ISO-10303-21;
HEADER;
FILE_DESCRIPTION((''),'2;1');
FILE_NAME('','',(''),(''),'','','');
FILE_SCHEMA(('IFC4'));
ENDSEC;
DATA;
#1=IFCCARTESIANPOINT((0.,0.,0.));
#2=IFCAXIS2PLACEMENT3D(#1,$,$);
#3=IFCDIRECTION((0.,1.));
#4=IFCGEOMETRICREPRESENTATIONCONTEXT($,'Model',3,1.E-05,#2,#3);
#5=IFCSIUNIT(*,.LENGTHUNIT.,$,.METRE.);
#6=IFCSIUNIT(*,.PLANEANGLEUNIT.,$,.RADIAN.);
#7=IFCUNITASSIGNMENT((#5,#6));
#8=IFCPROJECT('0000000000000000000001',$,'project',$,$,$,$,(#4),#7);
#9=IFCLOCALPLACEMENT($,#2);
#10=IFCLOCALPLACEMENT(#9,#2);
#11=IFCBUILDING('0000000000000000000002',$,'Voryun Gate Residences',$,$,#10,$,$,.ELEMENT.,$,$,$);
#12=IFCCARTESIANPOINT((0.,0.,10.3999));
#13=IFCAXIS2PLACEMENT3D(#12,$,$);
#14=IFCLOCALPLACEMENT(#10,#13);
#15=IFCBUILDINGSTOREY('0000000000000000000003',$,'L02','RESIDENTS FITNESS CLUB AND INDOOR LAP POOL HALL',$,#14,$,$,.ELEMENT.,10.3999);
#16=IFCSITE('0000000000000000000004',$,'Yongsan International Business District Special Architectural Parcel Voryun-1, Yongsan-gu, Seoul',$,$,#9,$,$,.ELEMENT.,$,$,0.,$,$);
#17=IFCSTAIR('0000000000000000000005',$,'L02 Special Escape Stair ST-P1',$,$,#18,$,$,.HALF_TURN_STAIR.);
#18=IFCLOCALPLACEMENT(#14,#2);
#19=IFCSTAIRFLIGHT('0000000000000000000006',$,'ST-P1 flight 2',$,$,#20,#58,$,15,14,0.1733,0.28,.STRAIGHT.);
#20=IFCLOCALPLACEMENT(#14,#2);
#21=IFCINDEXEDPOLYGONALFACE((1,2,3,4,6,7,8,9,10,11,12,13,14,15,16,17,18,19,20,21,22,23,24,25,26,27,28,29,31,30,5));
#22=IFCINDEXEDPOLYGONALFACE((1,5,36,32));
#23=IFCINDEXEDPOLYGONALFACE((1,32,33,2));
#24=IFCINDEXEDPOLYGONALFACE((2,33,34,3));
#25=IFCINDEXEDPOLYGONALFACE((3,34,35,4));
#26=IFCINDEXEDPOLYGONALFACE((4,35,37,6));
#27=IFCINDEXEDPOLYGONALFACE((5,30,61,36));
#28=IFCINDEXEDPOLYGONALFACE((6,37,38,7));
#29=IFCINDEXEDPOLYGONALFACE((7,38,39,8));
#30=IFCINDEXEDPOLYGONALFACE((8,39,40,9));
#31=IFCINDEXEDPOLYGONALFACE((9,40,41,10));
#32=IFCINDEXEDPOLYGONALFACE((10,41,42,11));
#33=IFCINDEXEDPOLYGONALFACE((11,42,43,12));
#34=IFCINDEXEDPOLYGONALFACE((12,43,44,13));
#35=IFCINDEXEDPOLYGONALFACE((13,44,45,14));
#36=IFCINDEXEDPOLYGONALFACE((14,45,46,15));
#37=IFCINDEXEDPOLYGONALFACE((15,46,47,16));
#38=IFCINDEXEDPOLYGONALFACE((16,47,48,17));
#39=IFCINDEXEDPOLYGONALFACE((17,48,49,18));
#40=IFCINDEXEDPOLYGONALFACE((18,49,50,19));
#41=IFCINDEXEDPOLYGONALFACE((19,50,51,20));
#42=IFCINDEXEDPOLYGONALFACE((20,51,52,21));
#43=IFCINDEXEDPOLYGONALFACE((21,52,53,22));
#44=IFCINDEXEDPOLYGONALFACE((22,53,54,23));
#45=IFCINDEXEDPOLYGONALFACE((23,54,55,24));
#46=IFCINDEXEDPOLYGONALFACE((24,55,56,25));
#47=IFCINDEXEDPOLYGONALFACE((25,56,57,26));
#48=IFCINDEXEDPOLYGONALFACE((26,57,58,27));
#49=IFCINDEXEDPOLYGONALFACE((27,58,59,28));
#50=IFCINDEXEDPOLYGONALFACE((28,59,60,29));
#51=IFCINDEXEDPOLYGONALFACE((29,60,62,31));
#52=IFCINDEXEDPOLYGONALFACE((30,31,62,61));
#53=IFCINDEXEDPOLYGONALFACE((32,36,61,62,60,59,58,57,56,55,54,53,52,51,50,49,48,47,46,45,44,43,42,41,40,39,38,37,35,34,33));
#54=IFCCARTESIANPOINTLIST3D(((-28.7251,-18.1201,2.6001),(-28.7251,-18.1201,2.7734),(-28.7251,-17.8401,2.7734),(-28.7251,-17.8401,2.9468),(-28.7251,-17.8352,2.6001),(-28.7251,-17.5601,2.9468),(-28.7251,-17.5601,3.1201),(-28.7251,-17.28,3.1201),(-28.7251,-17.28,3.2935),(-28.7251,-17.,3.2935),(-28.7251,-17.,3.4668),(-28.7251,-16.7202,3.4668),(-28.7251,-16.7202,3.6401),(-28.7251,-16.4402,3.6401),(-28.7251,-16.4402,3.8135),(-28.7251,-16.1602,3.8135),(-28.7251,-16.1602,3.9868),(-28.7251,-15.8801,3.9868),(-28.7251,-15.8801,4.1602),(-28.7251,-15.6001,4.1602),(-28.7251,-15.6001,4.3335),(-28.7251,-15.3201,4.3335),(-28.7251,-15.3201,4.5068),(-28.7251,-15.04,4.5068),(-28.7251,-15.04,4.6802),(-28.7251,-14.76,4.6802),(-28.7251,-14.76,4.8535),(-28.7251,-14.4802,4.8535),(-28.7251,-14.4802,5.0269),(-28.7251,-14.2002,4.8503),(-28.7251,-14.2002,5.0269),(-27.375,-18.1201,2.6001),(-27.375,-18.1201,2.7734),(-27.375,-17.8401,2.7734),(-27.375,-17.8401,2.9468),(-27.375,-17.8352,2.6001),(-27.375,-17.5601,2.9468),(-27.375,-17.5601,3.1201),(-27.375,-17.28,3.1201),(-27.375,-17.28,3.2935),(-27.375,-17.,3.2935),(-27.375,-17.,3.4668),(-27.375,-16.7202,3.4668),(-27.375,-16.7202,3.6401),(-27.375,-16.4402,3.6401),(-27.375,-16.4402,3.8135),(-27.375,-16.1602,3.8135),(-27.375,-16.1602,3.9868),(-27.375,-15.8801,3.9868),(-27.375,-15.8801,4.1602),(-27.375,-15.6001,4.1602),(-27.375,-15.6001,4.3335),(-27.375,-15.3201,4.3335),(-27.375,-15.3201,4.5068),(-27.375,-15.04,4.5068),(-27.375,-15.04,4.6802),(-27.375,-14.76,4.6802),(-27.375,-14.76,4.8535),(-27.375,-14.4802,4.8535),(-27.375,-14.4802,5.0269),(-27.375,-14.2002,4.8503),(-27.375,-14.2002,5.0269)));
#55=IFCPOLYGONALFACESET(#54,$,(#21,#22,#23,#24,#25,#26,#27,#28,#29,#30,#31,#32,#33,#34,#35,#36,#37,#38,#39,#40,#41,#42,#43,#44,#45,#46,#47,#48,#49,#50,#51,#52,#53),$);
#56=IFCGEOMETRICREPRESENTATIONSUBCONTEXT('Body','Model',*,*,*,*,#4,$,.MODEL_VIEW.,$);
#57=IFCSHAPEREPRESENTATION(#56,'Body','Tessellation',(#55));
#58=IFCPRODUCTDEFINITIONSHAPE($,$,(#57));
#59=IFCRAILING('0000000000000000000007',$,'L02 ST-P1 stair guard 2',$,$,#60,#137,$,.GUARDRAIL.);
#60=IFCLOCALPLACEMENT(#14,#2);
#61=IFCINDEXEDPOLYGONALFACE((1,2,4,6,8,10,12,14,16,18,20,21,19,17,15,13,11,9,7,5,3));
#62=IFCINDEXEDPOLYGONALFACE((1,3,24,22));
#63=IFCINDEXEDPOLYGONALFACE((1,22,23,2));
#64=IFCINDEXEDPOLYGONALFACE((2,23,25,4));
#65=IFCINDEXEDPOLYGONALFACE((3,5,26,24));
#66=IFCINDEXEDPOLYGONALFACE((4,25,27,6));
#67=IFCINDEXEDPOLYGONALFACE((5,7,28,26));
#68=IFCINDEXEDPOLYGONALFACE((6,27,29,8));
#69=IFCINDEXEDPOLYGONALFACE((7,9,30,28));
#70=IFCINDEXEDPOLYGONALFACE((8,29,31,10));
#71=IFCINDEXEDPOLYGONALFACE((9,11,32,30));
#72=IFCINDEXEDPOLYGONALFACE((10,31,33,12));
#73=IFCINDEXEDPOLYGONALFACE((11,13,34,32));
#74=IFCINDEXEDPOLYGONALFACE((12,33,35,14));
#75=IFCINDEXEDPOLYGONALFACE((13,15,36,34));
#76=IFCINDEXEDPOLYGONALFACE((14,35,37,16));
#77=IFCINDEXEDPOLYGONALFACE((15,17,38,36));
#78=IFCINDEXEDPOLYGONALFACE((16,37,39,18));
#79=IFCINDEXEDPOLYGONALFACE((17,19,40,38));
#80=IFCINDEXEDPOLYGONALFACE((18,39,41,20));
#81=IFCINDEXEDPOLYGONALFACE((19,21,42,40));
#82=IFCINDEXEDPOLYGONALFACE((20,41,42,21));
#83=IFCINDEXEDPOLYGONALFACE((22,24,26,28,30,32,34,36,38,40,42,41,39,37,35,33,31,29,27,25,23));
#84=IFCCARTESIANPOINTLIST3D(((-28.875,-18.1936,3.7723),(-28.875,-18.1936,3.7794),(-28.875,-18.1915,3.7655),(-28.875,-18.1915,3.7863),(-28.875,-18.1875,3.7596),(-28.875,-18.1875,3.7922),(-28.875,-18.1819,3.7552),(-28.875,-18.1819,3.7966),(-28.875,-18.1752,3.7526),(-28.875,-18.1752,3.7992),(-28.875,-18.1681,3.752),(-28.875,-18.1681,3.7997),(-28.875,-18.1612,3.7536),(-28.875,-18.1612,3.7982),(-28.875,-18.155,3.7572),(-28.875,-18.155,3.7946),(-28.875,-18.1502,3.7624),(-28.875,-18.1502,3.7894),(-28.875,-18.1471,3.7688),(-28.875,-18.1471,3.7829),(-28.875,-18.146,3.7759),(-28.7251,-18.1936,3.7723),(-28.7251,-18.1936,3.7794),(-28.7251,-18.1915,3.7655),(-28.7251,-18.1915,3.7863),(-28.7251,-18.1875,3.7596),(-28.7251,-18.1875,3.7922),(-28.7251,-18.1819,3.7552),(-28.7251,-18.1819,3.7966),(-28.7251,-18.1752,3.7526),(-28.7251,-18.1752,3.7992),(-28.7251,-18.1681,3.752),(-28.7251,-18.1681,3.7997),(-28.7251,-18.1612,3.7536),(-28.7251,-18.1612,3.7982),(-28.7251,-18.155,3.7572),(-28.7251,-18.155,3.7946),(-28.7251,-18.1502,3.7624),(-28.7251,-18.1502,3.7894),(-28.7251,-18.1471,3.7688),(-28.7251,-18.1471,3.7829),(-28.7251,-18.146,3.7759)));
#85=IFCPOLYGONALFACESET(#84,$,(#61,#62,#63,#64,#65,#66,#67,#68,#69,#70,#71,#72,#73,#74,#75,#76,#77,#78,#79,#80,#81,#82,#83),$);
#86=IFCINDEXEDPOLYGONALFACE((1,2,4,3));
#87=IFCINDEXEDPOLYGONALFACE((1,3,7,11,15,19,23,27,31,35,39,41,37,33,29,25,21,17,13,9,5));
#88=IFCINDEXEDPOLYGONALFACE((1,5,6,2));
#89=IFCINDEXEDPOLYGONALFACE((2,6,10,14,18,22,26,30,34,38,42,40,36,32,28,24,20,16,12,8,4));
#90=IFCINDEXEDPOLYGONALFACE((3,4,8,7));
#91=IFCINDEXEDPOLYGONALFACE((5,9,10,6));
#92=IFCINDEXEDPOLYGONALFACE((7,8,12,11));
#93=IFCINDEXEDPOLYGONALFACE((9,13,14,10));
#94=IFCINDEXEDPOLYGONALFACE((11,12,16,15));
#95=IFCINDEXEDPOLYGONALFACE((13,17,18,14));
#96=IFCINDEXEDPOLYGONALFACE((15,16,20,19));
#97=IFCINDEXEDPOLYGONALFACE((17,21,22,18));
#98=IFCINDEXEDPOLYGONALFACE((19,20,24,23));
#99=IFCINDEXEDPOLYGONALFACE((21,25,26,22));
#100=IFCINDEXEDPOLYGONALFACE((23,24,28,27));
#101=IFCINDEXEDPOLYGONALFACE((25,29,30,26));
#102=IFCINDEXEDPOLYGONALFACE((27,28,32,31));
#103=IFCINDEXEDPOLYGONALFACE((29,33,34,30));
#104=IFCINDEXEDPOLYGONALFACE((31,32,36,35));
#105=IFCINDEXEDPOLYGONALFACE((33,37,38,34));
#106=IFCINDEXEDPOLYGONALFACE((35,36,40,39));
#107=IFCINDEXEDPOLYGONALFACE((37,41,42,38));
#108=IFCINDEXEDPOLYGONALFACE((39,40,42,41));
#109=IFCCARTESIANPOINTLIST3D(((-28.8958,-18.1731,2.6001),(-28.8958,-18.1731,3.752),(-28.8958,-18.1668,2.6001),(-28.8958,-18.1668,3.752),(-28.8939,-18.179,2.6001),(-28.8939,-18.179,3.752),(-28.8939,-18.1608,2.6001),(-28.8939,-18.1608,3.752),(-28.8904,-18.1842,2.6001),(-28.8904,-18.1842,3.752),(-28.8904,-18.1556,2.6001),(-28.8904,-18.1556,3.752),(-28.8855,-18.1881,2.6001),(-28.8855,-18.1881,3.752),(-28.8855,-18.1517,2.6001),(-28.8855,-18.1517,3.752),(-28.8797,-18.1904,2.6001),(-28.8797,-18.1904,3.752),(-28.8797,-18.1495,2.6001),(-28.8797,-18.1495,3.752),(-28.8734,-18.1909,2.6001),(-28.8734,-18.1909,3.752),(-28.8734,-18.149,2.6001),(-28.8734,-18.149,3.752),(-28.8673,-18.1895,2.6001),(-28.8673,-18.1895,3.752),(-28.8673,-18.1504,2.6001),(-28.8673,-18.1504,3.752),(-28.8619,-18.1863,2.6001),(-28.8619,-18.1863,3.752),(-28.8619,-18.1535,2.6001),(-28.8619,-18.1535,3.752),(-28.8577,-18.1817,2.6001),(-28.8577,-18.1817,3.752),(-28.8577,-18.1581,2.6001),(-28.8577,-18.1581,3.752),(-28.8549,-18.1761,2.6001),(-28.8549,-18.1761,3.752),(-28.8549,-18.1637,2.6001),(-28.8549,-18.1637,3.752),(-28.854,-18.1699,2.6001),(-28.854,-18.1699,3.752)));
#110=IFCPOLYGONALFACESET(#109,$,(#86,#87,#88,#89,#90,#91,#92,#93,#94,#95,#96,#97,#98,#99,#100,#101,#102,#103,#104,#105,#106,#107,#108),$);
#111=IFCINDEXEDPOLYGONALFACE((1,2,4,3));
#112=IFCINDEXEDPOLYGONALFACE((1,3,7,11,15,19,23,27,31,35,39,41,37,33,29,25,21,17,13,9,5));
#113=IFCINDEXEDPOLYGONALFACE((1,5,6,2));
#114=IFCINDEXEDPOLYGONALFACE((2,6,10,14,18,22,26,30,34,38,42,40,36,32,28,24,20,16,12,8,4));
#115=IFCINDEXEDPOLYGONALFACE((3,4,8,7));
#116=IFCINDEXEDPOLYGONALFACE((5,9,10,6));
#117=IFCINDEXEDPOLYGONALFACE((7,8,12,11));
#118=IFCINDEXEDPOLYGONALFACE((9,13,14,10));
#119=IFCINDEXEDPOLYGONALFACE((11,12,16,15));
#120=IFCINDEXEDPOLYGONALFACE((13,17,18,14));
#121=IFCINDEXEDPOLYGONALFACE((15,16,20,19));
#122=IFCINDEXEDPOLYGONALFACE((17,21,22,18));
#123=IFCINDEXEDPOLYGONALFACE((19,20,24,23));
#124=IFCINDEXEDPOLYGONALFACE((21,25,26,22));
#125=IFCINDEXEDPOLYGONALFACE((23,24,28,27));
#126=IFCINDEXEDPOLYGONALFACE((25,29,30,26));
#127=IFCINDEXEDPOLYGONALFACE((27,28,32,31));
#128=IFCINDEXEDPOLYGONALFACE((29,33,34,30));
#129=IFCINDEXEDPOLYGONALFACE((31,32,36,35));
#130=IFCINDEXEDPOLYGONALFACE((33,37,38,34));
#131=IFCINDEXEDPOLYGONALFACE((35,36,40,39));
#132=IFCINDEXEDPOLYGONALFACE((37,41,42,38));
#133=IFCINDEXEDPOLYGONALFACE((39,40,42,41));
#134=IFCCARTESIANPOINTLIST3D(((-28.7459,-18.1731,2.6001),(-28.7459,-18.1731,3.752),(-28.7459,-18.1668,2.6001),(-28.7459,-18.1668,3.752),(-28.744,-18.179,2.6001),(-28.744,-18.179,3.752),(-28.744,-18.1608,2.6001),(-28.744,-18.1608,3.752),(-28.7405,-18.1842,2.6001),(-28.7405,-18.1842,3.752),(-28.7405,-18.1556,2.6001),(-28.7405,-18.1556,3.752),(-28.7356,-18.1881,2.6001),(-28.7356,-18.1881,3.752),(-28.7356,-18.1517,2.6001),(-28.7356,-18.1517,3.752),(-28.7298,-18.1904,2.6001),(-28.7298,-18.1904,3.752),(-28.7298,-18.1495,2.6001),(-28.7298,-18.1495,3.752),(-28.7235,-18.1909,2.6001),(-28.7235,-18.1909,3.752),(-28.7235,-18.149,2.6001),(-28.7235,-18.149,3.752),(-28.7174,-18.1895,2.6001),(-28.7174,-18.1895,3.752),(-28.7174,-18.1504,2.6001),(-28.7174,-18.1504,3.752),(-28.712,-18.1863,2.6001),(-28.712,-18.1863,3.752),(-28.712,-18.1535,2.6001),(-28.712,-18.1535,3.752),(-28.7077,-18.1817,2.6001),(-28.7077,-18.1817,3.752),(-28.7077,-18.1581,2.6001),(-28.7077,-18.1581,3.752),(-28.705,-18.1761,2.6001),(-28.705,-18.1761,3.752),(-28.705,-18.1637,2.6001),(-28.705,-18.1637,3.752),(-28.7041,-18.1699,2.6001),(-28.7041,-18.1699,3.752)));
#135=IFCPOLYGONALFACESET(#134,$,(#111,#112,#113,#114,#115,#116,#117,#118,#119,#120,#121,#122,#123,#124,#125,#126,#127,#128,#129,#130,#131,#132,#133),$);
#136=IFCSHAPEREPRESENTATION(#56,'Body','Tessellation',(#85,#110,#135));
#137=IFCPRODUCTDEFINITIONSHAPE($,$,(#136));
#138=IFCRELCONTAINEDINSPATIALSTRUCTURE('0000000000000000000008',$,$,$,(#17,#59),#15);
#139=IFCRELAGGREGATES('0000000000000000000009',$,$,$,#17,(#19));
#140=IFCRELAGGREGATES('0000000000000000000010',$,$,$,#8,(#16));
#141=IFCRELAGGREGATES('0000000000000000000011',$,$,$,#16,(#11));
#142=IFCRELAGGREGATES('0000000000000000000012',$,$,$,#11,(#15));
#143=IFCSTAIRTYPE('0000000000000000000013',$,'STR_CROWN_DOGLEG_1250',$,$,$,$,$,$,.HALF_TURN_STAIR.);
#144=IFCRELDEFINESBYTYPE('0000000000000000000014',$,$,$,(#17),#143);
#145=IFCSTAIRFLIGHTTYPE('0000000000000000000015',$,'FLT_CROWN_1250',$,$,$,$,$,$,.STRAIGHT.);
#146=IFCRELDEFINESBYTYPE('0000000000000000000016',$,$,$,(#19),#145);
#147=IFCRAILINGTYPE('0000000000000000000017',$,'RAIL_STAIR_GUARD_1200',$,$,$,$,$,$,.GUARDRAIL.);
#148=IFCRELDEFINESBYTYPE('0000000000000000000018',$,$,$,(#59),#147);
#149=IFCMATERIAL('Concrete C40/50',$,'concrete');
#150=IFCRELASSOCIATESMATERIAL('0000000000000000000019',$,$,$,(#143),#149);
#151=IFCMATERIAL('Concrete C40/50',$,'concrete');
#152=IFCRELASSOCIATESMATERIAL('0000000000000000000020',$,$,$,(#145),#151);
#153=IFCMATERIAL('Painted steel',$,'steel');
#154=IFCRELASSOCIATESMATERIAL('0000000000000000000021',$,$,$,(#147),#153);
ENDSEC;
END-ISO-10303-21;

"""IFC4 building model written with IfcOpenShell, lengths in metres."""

from ifc_helpers import new_model, si_unit, direction, frame, origin, origin_2d, place, context, subcontext, project, spatial, polyline, circle, outline, extrude, material, type_object, element, aggregate, save


model = new_model("IFC4")

# Units and contexts
model_context = context("Model", 3, precision=1e-05, world=origin(), true_north=direction((0.0, 1.0)))
body_context = subcontext(model_context, "Body", "Model", "MODEL_VIEW")
ifc_project = project(units=[si_unit("LENGTHUNIT", "METRE"), si_unit("PLANEANGLEUNIT", "RADIAN")], contexts=[model_context])

# Site, building, storey
site_placement = place(None, origin())
site = spatial("IfcSite", under=ifc_project, at=site_placement, Name="Yongsan International Business District Special Architectural Parcel Voryun-1, Yongsan-gu, Seoul", CompositionType="ELEMENT", RefElevation=0.0)
building_placement = place(site_placement, origin())
building = spatial("IfcBuilding", under=site, at=building_placement, Name="Voryun Gate Residences", CompositionType="ELEMENT")
storey_placement = place(building_placement, frame((0.0, 0.0, 10.3999)))
storey = spatial("IfcBuildingStorey", under=building, at=storey_placement, Name="L02", Description="RESIDENTS FITNESS CLUB AND INDOOR LAP POOL HALL", CompositionType="ELEMENT", Elevation=10.3999)

# Stair, stair flight
ifc_material_1 = material(Name="Concrete C40/50", Category="concrete")
stair_type = type_object("IfcStairType", Name="STR_CROWN_DOGLEG_1250", PredefinedType="HALF_TURN_STAIR", material=ifc_material_1)
stair_placement = place(storey_placement, origin())
stair = element("IfcStair", 1, at=stair_placement, inside=storey, type_object=stair_type, Name="L02 Special Escape Stair ST-P1", PredefinedType="HALF_TURN_STAIR")
ifc_material_2 = material(Name="Concrete C40/50", Category="concrete")
stair_flight_type = type_object("IfcStairFlightType", Name="FLT_CROWN_1250", PredefinedType="STRAIGHT", material=ifc_material_2)
stair_flight_placement = place(storey_placement, frame((-28.05, -18.1201, 2.6001), z_axis=(0.0, 0.0, 1.0), x_axis=(0.0, 1.0, 0.0)))
stair_flight = element("IfcStairFlight", 2, at=stair_flight_placement, type_object=stair_flight_type, Name="ST-P1 flight 2", NumberOfRisers=15, NumberOfTreads=14, PredefinedType="STRAIGHT", RiserHeight=0.1733, TreadLength=0.28, context=body_context, shape_type="SweptSolid", body=[
    extrude(outline(polyline([(0.0, 0.0), (0.0, 0.1733), (0.28, 0.1733), (0.28, 0.3467), (0.5601, 0.3467), (0.5601, 0.52), (0.8401, 0.52), (0.8401, 0.6934), (1.1201, 0.6934), (1.1201, 0.8667), (1.3999, 0.8667), (1.3999, 1.04), (1.6799, 1.04), (1.6799, 1.2134), (1.96, 1.2134), (1.96, 1.3867), (2.24, 1.3867), (2.24, 1.5601), (2.52, 1.5601), (2.52, 1.7334), (2.8, 1.7334), (2.8, 1.9067), (3.0801, 1.9067), (3.0801, 2.0801), (3.3601, 2.0801), (3.3601, 2.2534), (3.6399, 2.2534), (3.6399, 2.4268), (3.9199, 2.4268), (3.9199, 2.6001), (3.9199, 2.2502), (0.2849, 0.0), (0.0, 0.0)])), frame((0.0, 0.675, 0.0), z_axis=(0.0, -1.0, 0.0), x_axis=(1.0, 0.0, 0.0)), (0.0, 0.0, 1.0), 1.3501),
])
aggregate(stair, [stair_flight])

# Railing
ifc_material_3 = material(Name="Painted steel", Category="steel")
railing_type_1 = type_object("IfcRailingType", Name="RAIL_STAIR_GUARD_1200", PredefinedType="GUARDRAIL", material=ifc_material_3)
railing_1_placement = place(storey_placement, frame((-28.875, -18.1699, 2.6001)))
element("IfcRailing", 3, at=railing_1_placement, inside=storey, type_object=railing_type_1, Name="L02 ST-P1 stair guard 2", PredefinedType="GUARDRAIL", context=body_context, shape_type="SweptSolid", body=[
    extrude(circle(Radius=0.0239, at=origin_2d()), frame((0.0, 0.0, 1.1758), z_axis=(1.0, 0.0, 0.0), x_axis=(0.0, 1.0, 0.0)), (0.0, 0.0, 1.0), 0.1499),
    extrude(circle(Radius=0.021, at=origin_2d()), origin(), (0.0, 0.0, 1.0), 1.1519),
    extrude(circle(Radius=0.021, at=origin_2d()), frame((0.1499, 0.0, 0.0)), (0.0, 0.0, 1.0), 1.1519),
])

save(model, "model.ifc")
